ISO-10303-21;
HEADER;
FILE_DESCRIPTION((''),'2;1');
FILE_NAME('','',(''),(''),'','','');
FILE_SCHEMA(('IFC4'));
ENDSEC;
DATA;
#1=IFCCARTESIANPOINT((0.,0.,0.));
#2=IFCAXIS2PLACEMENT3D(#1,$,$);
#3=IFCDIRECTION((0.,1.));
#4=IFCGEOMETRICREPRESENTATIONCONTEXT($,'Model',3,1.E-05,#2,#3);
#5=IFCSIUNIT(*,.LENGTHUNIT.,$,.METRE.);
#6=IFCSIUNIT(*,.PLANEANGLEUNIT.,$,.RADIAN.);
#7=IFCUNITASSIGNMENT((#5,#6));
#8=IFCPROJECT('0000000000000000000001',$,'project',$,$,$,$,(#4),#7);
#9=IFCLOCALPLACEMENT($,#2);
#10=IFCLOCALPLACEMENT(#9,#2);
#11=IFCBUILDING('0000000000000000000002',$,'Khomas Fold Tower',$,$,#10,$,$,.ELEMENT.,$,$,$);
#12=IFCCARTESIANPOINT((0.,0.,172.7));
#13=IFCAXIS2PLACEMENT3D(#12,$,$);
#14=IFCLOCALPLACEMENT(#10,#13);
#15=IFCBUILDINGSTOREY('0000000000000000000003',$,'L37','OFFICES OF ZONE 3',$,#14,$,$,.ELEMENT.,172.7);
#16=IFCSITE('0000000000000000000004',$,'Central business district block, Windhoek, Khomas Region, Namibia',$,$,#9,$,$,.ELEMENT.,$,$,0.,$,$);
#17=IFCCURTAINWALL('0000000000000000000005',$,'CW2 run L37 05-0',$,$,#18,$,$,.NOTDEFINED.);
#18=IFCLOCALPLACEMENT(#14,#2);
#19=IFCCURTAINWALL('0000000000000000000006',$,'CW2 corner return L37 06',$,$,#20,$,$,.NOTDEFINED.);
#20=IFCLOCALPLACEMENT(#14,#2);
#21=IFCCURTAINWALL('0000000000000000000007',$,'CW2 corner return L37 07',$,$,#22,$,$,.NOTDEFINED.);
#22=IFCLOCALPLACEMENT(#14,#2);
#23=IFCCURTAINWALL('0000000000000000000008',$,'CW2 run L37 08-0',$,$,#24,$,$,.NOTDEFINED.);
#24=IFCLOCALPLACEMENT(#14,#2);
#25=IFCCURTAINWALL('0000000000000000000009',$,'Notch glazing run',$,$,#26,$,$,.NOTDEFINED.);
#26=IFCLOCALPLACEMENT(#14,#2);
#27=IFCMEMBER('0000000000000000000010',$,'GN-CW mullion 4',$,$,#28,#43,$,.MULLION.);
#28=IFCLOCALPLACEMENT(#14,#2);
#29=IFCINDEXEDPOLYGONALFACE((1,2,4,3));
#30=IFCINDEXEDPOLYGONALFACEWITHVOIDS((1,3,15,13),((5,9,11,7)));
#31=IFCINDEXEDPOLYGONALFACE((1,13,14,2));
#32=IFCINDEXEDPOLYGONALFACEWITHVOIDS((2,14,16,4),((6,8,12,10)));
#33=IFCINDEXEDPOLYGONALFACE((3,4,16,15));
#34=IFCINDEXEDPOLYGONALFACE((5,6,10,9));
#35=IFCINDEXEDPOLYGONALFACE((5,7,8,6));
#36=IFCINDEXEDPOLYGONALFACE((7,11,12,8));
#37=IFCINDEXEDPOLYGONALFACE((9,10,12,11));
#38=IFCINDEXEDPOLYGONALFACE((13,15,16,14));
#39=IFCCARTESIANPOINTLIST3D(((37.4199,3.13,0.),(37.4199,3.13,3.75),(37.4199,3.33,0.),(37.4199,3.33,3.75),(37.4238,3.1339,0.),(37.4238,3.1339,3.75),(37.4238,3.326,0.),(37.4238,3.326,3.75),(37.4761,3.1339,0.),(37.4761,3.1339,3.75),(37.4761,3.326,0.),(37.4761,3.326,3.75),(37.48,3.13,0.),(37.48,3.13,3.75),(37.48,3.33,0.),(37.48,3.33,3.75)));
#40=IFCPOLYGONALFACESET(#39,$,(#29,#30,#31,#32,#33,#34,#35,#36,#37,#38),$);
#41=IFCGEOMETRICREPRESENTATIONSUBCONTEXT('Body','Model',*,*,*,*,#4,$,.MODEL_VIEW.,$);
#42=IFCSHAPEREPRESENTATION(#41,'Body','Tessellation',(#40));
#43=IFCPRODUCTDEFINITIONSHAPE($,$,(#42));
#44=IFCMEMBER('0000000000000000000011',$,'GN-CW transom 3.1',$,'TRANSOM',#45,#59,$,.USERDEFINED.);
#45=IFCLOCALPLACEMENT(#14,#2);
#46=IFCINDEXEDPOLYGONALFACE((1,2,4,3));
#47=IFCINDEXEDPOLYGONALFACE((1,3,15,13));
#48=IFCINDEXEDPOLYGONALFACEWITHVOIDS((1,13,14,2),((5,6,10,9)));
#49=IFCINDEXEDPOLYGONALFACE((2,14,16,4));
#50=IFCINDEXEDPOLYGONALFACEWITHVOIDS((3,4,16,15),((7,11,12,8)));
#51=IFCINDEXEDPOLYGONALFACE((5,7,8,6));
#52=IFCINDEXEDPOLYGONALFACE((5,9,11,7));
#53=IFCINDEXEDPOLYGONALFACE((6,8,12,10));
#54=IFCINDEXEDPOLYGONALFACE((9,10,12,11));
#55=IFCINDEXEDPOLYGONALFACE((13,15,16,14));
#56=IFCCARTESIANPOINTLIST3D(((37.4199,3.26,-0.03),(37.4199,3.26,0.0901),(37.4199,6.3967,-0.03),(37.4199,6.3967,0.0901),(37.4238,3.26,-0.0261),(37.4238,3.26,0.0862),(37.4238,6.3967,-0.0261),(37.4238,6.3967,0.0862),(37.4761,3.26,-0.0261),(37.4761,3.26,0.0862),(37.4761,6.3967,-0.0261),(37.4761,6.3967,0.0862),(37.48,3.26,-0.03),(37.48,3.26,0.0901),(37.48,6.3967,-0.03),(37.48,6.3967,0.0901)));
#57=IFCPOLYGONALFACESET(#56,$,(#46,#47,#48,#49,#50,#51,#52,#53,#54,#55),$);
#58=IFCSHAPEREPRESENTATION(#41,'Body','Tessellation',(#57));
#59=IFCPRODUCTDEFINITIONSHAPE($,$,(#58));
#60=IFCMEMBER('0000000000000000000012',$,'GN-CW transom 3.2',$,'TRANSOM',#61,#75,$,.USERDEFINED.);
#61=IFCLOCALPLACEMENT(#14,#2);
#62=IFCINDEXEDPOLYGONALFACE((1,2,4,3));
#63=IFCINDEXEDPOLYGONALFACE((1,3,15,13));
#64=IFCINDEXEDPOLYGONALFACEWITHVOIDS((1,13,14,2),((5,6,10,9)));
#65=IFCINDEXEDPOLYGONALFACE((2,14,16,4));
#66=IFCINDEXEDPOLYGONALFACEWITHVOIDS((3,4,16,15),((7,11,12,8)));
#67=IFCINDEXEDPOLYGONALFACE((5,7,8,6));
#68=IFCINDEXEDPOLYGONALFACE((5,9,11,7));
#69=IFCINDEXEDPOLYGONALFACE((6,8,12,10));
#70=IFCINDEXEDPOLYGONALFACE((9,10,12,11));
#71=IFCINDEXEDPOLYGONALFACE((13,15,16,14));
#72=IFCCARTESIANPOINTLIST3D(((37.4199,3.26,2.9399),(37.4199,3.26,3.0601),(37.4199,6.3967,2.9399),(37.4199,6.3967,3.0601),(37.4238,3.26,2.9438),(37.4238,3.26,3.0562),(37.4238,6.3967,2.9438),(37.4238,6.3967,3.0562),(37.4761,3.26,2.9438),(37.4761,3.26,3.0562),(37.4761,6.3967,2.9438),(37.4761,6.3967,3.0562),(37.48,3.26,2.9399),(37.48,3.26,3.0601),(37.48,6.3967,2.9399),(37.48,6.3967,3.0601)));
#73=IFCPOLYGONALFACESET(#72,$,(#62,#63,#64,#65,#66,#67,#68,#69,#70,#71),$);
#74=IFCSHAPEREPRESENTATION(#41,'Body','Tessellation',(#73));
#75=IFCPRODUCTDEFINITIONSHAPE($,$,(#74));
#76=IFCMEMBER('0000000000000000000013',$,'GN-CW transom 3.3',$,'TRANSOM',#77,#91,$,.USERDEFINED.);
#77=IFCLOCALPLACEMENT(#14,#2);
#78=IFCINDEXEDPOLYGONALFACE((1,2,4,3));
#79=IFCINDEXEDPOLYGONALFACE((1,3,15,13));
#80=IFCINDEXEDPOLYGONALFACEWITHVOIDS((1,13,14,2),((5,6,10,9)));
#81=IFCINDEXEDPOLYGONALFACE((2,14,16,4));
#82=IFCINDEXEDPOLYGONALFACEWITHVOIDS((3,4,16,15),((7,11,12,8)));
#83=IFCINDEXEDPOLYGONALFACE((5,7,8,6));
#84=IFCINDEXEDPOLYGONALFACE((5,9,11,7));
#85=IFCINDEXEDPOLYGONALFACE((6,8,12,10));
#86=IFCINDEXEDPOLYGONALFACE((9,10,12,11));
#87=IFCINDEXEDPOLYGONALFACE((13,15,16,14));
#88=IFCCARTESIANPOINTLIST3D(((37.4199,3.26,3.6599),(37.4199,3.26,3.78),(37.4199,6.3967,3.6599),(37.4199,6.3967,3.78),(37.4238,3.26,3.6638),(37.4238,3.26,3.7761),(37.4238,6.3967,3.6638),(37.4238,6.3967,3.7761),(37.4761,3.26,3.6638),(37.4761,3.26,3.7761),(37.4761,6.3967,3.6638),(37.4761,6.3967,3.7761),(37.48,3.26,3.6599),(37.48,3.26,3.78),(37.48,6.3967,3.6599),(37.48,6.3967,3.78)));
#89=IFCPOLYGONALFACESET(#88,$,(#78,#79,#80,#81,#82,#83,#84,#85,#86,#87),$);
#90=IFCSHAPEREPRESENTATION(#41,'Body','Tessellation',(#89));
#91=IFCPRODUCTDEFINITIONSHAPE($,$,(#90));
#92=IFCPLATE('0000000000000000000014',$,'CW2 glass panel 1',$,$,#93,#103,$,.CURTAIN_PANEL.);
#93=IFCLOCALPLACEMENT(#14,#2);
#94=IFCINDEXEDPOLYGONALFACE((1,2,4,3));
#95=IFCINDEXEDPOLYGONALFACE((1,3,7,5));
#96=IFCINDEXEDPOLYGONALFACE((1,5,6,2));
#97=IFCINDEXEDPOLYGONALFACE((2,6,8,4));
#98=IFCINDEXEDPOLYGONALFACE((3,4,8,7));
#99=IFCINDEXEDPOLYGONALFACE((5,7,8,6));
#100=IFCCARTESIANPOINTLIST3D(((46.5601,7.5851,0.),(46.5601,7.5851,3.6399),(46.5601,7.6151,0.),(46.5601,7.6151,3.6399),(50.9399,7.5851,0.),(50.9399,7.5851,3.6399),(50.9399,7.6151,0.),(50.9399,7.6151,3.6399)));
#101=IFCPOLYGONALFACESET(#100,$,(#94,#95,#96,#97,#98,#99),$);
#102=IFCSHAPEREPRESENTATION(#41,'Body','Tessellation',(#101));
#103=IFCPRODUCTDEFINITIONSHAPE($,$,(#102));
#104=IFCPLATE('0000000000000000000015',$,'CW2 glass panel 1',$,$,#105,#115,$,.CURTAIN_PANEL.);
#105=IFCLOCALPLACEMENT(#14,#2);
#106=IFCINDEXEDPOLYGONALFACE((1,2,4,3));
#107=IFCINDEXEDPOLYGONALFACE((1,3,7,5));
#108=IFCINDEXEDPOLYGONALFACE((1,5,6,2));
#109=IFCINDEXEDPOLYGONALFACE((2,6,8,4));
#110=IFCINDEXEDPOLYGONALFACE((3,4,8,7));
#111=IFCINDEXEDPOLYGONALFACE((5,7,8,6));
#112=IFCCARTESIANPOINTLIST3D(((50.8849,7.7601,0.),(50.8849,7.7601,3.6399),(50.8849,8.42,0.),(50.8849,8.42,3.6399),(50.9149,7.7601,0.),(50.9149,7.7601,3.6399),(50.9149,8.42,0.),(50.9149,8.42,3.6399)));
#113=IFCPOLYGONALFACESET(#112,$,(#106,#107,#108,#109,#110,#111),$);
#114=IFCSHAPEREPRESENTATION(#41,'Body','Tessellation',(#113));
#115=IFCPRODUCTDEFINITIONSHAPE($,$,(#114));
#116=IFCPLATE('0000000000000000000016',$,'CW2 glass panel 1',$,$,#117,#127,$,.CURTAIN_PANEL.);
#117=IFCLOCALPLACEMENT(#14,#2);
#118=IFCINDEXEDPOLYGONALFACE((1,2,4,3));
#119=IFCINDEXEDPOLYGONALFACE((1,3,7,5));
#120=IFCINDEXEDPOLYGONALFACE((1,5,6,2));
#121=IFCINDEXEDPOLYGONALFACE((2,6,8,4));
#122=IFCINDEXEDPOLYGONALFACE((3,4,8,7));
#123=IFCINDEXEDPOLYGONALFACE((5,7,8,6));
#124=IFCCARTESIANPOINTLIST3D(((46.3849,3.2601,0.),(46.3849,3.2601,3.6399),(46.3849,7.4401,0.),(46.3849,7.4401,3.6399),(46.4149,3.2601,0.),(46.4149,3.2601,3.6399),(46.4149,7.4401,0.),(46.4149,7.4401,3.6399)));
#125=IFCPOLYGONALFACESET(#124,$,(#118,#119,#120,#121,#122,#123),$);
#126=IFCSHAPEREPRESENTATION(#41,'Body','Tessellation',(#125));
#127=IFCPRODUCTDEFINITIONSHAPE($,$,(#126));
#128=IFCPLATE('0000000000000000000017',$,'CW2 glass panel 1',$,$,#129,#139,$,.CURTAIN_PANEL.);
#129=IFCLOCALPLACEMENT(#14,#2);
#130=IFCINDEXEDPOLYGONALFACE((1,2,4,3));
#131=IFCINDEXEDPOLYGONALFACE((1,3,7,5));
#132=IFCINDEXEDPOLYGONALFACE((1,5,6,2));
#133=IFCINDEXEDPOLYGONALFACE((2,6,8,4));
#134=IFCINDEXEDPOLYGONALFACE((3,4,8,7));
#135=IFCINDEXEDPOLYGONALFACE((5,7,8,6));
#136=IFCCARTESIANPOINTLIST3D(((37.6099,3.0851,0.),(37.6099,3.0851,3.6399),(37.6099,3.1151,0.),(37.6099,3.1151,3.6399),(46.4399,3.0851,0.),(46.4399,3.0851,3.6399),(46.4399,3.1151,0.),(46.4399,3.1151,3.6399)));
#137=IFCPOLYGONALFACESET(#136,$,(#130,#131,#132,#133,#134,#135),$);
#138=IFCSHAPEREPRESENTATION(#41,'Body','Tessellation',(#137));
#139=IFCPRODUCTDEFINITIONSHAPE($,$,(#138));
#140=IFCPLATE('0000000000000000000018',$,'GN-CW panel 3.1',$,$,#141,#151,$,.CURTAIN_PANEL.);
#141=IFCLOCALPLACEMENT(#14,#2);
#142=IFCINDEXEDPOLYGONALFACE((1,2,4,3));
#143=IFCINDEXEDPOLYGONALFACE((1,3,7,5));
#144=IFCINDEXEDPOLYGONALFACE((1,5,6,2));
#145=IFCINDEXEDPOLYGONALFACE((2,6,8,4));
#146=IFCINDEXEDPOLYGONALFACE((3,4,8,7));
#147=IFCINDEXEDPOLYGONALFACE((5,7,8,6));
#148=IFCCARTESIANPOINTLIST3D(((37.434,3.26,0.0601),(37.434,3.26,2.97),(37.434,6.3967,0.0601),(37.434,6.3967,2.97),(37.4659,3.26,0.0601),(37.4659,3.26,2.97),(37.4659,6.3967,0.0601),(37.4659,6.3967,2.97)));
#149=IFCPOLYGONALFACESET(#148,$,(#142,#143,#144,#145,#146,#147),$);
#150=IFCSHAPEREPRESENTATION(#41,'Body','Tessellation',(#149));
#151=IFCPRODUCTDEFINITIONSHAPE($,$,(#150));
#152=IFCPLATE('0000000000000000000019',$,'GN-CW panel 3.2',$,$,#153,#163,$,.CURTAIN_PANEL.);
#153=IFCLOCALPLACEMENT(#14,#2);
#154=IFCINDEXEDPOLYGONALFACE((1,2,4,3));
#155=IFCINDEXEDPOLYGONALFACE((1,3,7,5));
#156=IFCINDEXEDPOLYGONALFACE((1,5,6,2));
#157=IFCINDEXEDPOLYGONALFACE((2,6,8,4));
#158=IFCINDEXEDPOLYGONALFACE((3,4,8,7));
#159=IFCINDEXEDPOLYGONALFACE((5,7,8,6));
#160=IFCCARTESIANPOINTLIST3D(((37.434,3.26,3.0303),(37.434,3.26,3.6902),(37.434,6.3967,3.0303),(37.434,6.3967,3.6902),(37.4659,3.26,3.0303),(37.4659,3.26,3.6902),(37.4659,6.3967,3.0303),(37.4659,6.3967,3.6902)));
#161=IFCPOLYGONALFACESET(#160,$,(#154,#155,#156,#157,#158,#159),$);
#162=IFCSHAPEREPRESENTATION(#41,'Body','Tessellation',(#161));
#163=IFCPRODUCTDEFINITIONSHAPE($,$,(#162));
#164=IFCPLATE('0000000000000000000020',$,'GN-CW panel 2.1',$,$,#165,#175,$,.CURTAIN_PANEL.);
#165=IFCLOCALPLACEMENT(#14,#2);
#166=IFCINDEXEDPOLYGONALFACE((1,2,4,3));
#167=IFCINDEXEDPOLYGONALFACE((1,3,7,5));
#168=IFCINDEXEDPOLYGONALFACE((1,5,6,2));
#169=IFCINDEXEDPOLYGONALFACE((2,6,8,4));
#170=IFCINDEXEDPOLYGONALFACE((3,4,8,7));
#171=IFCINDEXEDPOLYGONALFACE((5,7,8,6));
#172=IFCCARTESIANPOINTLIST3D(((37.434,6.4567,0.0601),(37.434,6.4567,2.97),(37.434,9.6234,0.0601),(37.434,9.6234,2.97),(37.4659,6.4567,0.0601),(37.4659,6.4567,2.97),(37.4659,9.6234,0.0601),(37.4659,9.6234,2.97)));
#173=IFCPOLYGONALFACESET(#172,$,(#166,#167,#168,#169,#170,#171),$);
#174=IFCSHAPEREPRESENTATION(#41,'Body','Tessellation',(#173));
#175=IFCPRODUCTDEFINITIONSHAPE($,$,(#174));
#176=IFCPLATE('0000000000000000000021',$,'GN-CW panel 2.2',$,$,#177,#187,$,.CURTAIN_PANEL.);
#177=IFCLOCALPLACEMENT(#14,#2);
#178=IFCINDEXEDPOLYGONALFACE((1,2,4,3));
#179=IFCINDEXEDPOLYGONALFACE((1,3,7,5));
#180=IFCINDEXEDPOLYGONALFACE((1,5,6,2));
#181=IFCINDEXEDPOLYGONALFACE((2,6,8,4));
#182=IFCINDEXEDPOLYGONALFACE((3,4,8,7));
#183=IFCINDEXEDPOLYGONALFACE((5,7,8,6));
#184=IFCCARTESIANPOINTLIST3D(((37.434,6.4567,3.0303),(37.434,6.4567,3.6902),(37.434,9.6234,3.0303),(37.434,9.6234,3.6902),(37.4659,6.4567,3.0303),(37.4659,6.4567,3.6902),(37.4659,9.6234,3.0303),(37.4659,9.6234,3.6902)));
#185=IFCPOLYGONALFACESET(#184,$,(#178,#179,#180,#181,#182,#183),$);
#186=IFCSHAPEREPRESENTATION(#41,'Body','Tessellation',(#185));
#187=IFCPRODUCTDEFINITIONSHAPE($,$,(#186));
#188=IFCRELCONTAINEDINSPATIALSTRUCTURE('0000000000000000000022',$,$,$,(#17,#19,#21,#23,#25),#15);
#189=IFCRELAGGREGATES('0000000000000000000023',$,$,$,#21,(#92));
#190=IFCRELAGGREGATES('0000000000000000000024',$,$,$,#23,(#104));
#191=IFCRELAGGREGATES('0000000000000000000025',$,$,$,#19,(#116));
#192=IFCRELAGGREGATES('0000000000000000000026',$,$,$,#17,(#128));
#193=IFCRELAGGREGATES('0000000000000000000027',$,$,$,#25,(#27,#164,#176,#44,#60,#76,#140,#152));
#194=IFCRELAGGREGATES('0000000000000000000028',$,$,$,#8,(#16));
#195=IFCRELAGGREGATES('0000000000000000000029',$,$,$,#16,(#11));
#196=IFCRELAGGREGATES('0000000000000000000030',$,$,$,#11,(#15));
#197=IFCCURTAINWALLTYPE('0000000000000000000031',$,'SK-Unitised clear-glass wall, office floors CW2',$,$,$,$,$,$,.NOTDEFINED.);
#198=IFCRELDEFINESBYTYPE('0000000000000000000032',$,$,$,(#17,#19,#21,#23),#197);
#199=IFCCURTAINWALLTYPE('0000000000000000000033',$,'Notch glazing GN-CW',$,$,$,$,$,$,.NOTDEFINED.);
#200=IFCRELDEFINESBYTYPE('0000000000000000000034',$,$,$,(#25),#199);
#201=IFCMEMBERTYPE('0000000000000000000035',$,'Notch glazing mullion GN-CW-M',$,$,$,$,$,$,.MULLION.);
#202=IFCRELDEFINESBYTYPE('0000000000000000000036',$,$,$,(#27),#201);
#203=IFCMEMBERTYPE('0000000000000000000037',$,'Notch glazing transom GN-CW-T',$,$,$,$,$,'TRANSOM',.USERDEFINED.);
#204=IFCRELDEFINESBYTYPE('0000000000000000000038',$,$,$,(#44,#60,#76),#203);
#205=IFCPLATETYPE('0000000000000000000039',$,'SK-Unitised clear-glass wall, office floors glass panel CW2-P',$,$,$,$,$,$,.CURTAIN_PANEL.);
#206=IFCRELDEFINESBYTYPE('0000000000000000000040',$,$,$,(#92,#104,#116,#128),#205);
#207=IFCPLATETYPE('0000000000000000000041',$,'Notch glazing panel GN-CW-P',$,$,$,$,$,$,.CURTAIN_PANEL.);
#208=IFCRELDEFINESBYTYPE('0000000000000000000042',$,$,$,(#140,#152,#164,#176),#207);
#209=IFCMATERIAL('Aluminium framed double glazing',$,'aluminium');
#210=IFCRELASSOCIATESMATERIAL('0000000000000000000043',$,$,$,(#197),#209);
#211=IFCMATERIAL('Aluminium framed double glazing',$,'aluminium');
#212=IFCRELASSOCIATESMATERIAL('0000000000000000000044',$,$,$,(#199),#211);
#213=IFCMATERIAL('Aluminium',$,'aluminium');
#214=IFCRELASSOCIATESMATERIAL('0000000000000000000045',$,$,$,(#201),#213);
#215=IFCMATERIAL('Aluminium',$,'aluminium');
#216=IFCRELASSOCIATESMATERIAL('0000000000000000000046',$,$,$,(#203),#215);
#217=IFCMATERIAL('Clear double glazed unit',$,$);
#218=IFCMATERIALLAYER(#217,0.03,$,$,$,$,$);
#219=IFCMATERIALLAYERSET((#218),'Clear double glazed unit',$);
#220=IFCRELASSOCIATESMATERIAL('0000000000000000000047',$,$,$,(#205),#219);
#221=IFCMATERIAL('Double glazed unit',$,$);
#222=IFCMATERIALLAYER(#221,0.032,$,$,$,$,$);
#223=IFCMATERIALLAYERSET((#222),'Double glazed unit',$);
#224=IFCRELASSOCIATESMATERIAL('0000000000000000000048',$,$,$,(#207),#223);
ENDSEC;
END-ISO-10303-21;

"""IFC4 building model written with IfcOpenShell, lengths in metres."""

from ifc_helpers import new_model, si_unit, direction, frame, origin, origin_2d, place, context, subcontext, project, spatial, rectangle, hollow_rectangle, extrude, source, transform, mapped, material, layer, layer_set, material_profile, profile_set, type_object, element, aggregate, save


model = new_model("IFC4")

# Units and contexts
model_context = context("Model", 3, precision=1e-05, world=origin(), true_north=direction((0.0, 1.0)))
body_context = subcontext(model_context, "Body", "Model", "MODEL_VIEW")
ifc_project = project(units=[si_unit("LENGTHUNIT", "METRE"), si_unit("PLANEANGLEUNIT", "RADIAN")], contexts=[model_context])

# Site, building, storey
site_placement = place(None, origin())
site = spatial("IfcSite", under=ifc_project, at=site_placement, Name="Central business district block, Windhoek, Khomas Region, Namibia", CompositionType="ELEMENT", RefElevation=0.0)
building_placement = place(site_placement, origin())
building = spatial("IfcBuilding", under=site, at=building_placement, Name="Khomas Fold Tower", CompositionType="ELEMENT")
storey_placement = place(building_placement, frame((0.0, 0.0, 172.7)))
storey = spatial("IfcBuildingStorey", under=building, at=storey_placement, Name="L37", Description="OFFICES OF ZONE 3", CompositionType="ELEMENT", Elevation=172.7)

# Curtain walls
ifc_material_1 = material(Name="Aluminium framed double glazing", Category="aluminium")
curtain_wall_type_1 = type_object("IfcCurtainWallType", Name="SK-Unitised clear-glass wall, office floors CW2", PredefinedType="NOTDEFINED", material=ifc_material_1)
curtain_wall_1_placement = place(storey_placement, origin())
curtain_wall_1 = element("IfcCurtainWall", 1, at=curtain_wall_1_placement, inside=storey, type_object=curtain_wall_type_1, Name="CW2 run L37 05-0", PredefinedType="NOTDEFINED")
curtain_wall_2_placement = place(storey_placement, origin())
curtain_wall_2 = element("IfcCurtainWall", 2, at=curtain_wall_2_placement, inside=storey, type_object=curtain_wall_type_1, Name="CW2 corner return L37 06", PredefinedType="NOTDEFINED")
curtain_wall_3_placement = place(storey_placement, origin())
curtain_wall_3 = element("IfcCurtainWall", 3, at=curtain_wall_3_placement, inside=storey, type_object=curtain_wall_type_1, Name="CW2 corner return L37 07", PredefinedType="NOTDEFINED")

# Curtain wall
curtain_wall_4_placement = place(storey_placement, origin())
curtain_wall_4 = element("IfcCurtainWall", 4, at=curtain_wall_4_placement, inside=storey, type_object=curtain_wall_type_1, Name="CW2 run L37 08-0", PredefinedType="NOTDEFINED")

# Curtain wall, members
ifc_material_2 = material(Name="Aluminium framed double glazing", Category="aluminium")
curtain_wall_type_2 = type_object("IfcCurtainWallType", Name="Notch glazing GN-CW", PredefinedType="NOTDEFINED", material=ifc_material_2)
curtain_wall_5_placement = place(storey_placement, origin())
curtain_wall_5 = element("IfcCurtainWall", 5, at=curtain_wall_5_placement, inside=storey, type_object=curtain_wall_type_2, Name="Notch glazing run", PredefinedType="NOTDEFINED")
ifc_material_3 = material(Name="Aluminium", Category="aluminium")
ifc_material_profile_1 = material_profile(ifc_material_3, hollow_rectangle(XDim=0.0601, YDim=0.2, WallThickness=0.0039, at=origin_2d()), Name="Notch glazing mullion GN-CW-M")
ifc_profile_set_1 = profile_set([ifc_material_profile_1], Name="Aluminium")
member_type_1 = type_object("IfcMemberType", Name="Notch glazing mullion GN-CW-M", PredefinedType="MULLION", material=ifc_profile_set_1)
shared_shape_1 = source(origin(), body_context, "Body", "SweptSolid", [
    extrude(hollow_rectangle(XDim=0.0601, YDim=0.2, WallThickness=0.0039, at=origin_2d()), origin(), (0.0, 0.0, 1.0), 3.75),
])
member_1_placement = place(storey_placement, frame((37.45, 3.23, 0.0), z_axis=(0.0, 0.0, 1.0), x_axis=(1.0, 0.0, 0.0)))
member_1 = element("IfcMember", 6, at=member_1_placement, type_object=member_type_1, Name="GN-CW mullion 4", PredefinedType="MULLION", context=body_context, shape_type="MappedRepresentation", body=[
    mapped(shared_shape_1, transform((0.0, 0.0, 0.0))),
])
ifc_material_4 = material(Name="Aluminium", Category="aluminium")
ifc_material_profile_2 = material_profile(ifc_material_4, hollow_rectangle(XDim=0.0601, YDim=0.1201, WallThickness=0.0039, at=origin_2d()), Name="Notch glazing transom GN-CW-T")
ifc_profile_set_2 = profile_set([ifc_material_profile_2], Name="Aluminium")
member_type_2 = type_object("IfcMemberType", Name="Notch glazing transom GN-CW-T", ElementType="TRANSOM", PredefinedType="USERDEFINED", material=ifc_profile_set_2)
shared_shape_2 = source(origin(), body_context, "Body", "SweptSolid", [
    extrude(hollow_rectangle(XDim=0.0601, YDim=0.1201, WallThickness=0.0039, at=origin_2d()), origin(), (0.0, 0.0, 1.0), 3.1367),
])
member_2_placement = place(storey_placement, frame((37.45, 6.3967, 0.03), z_axis=(0.0, -1.0, 0.0), x_axis=(1.0, 0.0, 0.0)))
member_2 = element("IfcMember", 7, at=member_2_placement, type_object=member_type_2, Name="GN-CW transom 3.1", ObjectType="TRANSOM", PredefinedType="USERDEFINED", context=body_context, shape_type="MappedRepresentation", body=[
    mapped(shared_shape_2, transform((0.0, 0.0, 0.0))),
])
member_3_placement = place(storey_placement, frame((37.45, 6.3967, 3.0), z_axis=(0.0, -1.0, 0.0), x_axis=(1.0, 0.0, 0.0)))
member_3 = element("IfcMember", 8, at=member_3_placement, type_object=member_type_2, Name="GN-CW transom 3.2", ObjectType="TRANSOM", PredefinedType="USERDEFINED", context=body_context, shape_type="MappedRepresentation", body=[
    mapped(shared_shape_2, transform((0.0, 0.0, 0.0))),
])
member_4_placement = place(storey_placement, frame((37.45, 6.3967, 3.72), z_axis=(0.0, -1.0, 0.0), x_axis=(1.0, 0.0, 0.0)))
member_4 = element("IfcMember", 9, at=member_4_placement, type_object=member_type_2, Name="GN-CW transom 3.3", ObjectType="TRANSOM", PredefinedType="USERDEFINED", context=body_context, shape_type="MappedRepresentation", body=[
    mapped(shared_shape_2, transform((0.0, 0.0, 0.0))),
])

# Plates
ifc_material_5 = material(Name="Clear double glazed unit")
ifc_layer_1 = layer(ifc_material_5, 0.03)
ifc_layer_set_1 = layer_set([ifc_layer_1], Name="Clear double glazed unit")
plate_type_1 = type_object("IfcPlateType", Name="SK-Unitised clear-glass wall, office floors glass panel CW2-P", PredefinedType="CURTAIN_PANEL", material=ifc_layer_set_1)
shared_shape_3 = source(origin(), body_context, "Body", "SweptSolid", [
    extrude(rectangle(XDim=4.3799, YDim=0.03, at=origin_2d()), origin(), (0.0, 0.0, 1.0), 3.6399),
])
plate_1_placement = place(storey_placement, frame((48.75, 7.6001, 0.0), z_axis=(0.0, 0.0, 1.0), x_axis=(1.0, 0.0, 0.0)))
plate_1 = element("IfcPlate", 10, at=plate_1_placement, type_object=plate_type_1, Name="CW2 glass panel 1", PredefinedType="CURTAIN_PANEL", context=body_context, shape_type="MappedRepresentation", body=[
    mapped(shared_shape_3, transform((0.0, 0.0, 0.0))),
])
aggregate(curtain_wall_3, [plate_1])
shared_shape_4 = source(origin(), body_context, "Body", "SweptSolid", [
    extrude(rectangle(XDim=0.6599, YDim=0.03, at=origin_2d()), origin(), (0.0, 0.0, 1.0), 3.6399),
])
plate_2_placement = place(storey_placement, frame((50.8999, 8.0901, 0.0), z_axis=(0.0, 0.0, 1.0), x_axis=(0.0, 1.0, 0.0)))
plate_2 = element("IfcPlate", 11, at=plate_2_placement, type_object=plate_type_1, Name="CW2 glass panel 1", PredefinedType="CURTAIN_PANEL", context=body_context, shape_type="MappedRepresentation", body=[
    mapped(shared_shape_4, transform((0.0, 0.0, 0.0))),
])
aggregate(curtain_wall_4, [plate_2])
shared_shape_5 = source(origin(), body_context, "Body", "SweptSolid", [
    extrude(rectangle(XDim=4.1799, YDim=0.03, at=origin_2d()), origin(), (0.0, 0.0, 1.0), 3.6399),
])
plate_3_placement = place(storey_placement, frame((46.3999, 5.3501, 0.0), z_axis=(0.0, 0.0, 1.0), x_axis=(0.0, 1.0, 0.0)))
plate_3 = element("IfcPlate", 12, at=plate_3_placement, type_object=plate_type_1, Name="CW2 glass panel 1", PredefinedType="CURTAIN_PANEL", context=body_context, shape_type="MappedRepresentation", body=[
    mapped(shared_shape_5, transform((0.0, 0.0, 0.0))),
])
aggregate(curtain_wall_2, [plate_3])
shared_shape_6 = source(origin(), body_context, "Body", "SweptSolid", [
    extrude(rectangle(XDim=8.8301, YDim=0.03, at=origin_2d()), origin(), (0.0, 0.0, 1.0), 3.6399),
])
plate_4_placement = place(storey_placement, frame((42.0249, 3.1001, 0.0), z_axis=(0.0, 0.0, 1.0), x_axis=(1.0, 0.0, 0.0)))
plate_4 = element("IfcPlate", 13, at=plate_4_placement, type_object=plate_type_1, Name="CW2 glass panel 1", PredefinedType="CURTAIN_PANEL", context=body_context, shape_type="MappedRepresentation", body=[
    mapped(shared_shape_6, transform((0.0, 0.0, 0.0))),
])
aggregate(curtain_wall_1, [plate_4])
ifc_material_6 = material(Name="Double glazed unit")
ifc_layer_2 = layer(ifc_material_6, 0.032)
ifc_layer_set_2 = layer_set([ifc_layer_2], Name="Double glazed unit")
plate_type_2 = type_object("IfcPlateType", Name="Notch glazing panel GN-CW-P", PredefinedType="CURTAIN_PANEL", material=ifc_layer_set_2)
shared_shape_7 = source(origin(), body_context, "Body", "SweptSolid", [
    extrude(rectangle(XDim=3.1367, YDim=0.032, at=origin_2d()), origin(), (0.0, 0.0, 1.0), 2.9099),
])
plate_5_placement = place(storey_placement, frame((37.45, 4.8284, 0.0601), z_axis=(0.0, 0.0, 1.0), x_axis=(0.0, -1.0, 0.0)))
plate_5 = element("IfcPlate", 14, at=plate_5_placement, type_object=plate_type_2, Name="GN-CW panel 3.1", PredefinedType="CURTAIN_PANEL", context=body_context, shape_type="MappedRepresentation", body=[
    mapped(shared_shape_7, transform((0.0, 0.0, 0.0))),
])
shared_shape_8 = source(origin(), body_context, "Body", "SweptSolid", [
    extrude(rectangle(XDim=3.1367, YDim=0.032, at=origin_2d()), origin(), (0.0, 0.0, 1.0), 0.6599),
])
plate_6_placement = place(storey_placement, frame((37.45, 4.8284, 3.0303), z_axis=(0.0, 0.0, 1.0), x_axis=(0.0, -1.0, 0.0)))
plate_6 = element("IfcPlate", 15, at=plate_6_placement, type_object=plate_type_2, Name="GN-CW panel 3.2", PredefinedType="CURTAIN_PANEL", context=body_context, shape_type="MappedRepresentation", body=[
    mapped(shared_shape_8, transform((0.0, 0.0, 0.0))),
])
shared_shape_9 = source(origin(), body_context, "Body", "SweptSolid", [
    extrude(rectangle(XDim=3.1667, YDim=0.032, at=origin_2d()), origin(), (0.0, 0.0, 1.0), 2.9099),
])
plate_7_placement = place(storey_placement, frame((37.45, 8.04, 0.0601), z_axis=(0.0, 0.0, 1.0), x_axis=(0.0, -1.0, 0.0)))
plate_7 = element("IfcPlate", 16, at=plate_7_placement, type_object=plate_type_2, Name="GN-CW panel 2.1", PredefinedType="CURTAIN_PANEL", context=body_context, shape_type="MappedRepresentation", body=[
    mapped(shared_shape_9, transform((0.0, 0.0, 0.0))),
])
shared_shape_10 = source(origin(), body_context, "Body", "SweptSolid", [
    extrude(rectangle(XDim=3.1667, YDim=0.032, at=origin_2d()), origin(), (0.0, 0.0, 1.0), 0.6599),
])
plate_8_placement = place(storey_placement, frame((37.45, 8.04, 3.0303), z_axis=(0.0, 0.0, 1.0), x_axis=(0.0, -1.0, 0.0)))
plate_8 = element("IfcPlate", 17, at=plate_8_placement, type_object=plate_type_2, Name="GN-CW panel 2.2", PredefinedType="CURTAIN_PANEL", context=body_context, shape_type="MappedRepresentation", body=[
    mapped(shared_shape_10, transform((0.0, 0.0, 0.0))),
])
aggregate(curtain_wall_5, [member_1, plate_7, plate_8, member_2, member_3, member_4, plate_5, plate_6])

save(model, "model.ifc")
